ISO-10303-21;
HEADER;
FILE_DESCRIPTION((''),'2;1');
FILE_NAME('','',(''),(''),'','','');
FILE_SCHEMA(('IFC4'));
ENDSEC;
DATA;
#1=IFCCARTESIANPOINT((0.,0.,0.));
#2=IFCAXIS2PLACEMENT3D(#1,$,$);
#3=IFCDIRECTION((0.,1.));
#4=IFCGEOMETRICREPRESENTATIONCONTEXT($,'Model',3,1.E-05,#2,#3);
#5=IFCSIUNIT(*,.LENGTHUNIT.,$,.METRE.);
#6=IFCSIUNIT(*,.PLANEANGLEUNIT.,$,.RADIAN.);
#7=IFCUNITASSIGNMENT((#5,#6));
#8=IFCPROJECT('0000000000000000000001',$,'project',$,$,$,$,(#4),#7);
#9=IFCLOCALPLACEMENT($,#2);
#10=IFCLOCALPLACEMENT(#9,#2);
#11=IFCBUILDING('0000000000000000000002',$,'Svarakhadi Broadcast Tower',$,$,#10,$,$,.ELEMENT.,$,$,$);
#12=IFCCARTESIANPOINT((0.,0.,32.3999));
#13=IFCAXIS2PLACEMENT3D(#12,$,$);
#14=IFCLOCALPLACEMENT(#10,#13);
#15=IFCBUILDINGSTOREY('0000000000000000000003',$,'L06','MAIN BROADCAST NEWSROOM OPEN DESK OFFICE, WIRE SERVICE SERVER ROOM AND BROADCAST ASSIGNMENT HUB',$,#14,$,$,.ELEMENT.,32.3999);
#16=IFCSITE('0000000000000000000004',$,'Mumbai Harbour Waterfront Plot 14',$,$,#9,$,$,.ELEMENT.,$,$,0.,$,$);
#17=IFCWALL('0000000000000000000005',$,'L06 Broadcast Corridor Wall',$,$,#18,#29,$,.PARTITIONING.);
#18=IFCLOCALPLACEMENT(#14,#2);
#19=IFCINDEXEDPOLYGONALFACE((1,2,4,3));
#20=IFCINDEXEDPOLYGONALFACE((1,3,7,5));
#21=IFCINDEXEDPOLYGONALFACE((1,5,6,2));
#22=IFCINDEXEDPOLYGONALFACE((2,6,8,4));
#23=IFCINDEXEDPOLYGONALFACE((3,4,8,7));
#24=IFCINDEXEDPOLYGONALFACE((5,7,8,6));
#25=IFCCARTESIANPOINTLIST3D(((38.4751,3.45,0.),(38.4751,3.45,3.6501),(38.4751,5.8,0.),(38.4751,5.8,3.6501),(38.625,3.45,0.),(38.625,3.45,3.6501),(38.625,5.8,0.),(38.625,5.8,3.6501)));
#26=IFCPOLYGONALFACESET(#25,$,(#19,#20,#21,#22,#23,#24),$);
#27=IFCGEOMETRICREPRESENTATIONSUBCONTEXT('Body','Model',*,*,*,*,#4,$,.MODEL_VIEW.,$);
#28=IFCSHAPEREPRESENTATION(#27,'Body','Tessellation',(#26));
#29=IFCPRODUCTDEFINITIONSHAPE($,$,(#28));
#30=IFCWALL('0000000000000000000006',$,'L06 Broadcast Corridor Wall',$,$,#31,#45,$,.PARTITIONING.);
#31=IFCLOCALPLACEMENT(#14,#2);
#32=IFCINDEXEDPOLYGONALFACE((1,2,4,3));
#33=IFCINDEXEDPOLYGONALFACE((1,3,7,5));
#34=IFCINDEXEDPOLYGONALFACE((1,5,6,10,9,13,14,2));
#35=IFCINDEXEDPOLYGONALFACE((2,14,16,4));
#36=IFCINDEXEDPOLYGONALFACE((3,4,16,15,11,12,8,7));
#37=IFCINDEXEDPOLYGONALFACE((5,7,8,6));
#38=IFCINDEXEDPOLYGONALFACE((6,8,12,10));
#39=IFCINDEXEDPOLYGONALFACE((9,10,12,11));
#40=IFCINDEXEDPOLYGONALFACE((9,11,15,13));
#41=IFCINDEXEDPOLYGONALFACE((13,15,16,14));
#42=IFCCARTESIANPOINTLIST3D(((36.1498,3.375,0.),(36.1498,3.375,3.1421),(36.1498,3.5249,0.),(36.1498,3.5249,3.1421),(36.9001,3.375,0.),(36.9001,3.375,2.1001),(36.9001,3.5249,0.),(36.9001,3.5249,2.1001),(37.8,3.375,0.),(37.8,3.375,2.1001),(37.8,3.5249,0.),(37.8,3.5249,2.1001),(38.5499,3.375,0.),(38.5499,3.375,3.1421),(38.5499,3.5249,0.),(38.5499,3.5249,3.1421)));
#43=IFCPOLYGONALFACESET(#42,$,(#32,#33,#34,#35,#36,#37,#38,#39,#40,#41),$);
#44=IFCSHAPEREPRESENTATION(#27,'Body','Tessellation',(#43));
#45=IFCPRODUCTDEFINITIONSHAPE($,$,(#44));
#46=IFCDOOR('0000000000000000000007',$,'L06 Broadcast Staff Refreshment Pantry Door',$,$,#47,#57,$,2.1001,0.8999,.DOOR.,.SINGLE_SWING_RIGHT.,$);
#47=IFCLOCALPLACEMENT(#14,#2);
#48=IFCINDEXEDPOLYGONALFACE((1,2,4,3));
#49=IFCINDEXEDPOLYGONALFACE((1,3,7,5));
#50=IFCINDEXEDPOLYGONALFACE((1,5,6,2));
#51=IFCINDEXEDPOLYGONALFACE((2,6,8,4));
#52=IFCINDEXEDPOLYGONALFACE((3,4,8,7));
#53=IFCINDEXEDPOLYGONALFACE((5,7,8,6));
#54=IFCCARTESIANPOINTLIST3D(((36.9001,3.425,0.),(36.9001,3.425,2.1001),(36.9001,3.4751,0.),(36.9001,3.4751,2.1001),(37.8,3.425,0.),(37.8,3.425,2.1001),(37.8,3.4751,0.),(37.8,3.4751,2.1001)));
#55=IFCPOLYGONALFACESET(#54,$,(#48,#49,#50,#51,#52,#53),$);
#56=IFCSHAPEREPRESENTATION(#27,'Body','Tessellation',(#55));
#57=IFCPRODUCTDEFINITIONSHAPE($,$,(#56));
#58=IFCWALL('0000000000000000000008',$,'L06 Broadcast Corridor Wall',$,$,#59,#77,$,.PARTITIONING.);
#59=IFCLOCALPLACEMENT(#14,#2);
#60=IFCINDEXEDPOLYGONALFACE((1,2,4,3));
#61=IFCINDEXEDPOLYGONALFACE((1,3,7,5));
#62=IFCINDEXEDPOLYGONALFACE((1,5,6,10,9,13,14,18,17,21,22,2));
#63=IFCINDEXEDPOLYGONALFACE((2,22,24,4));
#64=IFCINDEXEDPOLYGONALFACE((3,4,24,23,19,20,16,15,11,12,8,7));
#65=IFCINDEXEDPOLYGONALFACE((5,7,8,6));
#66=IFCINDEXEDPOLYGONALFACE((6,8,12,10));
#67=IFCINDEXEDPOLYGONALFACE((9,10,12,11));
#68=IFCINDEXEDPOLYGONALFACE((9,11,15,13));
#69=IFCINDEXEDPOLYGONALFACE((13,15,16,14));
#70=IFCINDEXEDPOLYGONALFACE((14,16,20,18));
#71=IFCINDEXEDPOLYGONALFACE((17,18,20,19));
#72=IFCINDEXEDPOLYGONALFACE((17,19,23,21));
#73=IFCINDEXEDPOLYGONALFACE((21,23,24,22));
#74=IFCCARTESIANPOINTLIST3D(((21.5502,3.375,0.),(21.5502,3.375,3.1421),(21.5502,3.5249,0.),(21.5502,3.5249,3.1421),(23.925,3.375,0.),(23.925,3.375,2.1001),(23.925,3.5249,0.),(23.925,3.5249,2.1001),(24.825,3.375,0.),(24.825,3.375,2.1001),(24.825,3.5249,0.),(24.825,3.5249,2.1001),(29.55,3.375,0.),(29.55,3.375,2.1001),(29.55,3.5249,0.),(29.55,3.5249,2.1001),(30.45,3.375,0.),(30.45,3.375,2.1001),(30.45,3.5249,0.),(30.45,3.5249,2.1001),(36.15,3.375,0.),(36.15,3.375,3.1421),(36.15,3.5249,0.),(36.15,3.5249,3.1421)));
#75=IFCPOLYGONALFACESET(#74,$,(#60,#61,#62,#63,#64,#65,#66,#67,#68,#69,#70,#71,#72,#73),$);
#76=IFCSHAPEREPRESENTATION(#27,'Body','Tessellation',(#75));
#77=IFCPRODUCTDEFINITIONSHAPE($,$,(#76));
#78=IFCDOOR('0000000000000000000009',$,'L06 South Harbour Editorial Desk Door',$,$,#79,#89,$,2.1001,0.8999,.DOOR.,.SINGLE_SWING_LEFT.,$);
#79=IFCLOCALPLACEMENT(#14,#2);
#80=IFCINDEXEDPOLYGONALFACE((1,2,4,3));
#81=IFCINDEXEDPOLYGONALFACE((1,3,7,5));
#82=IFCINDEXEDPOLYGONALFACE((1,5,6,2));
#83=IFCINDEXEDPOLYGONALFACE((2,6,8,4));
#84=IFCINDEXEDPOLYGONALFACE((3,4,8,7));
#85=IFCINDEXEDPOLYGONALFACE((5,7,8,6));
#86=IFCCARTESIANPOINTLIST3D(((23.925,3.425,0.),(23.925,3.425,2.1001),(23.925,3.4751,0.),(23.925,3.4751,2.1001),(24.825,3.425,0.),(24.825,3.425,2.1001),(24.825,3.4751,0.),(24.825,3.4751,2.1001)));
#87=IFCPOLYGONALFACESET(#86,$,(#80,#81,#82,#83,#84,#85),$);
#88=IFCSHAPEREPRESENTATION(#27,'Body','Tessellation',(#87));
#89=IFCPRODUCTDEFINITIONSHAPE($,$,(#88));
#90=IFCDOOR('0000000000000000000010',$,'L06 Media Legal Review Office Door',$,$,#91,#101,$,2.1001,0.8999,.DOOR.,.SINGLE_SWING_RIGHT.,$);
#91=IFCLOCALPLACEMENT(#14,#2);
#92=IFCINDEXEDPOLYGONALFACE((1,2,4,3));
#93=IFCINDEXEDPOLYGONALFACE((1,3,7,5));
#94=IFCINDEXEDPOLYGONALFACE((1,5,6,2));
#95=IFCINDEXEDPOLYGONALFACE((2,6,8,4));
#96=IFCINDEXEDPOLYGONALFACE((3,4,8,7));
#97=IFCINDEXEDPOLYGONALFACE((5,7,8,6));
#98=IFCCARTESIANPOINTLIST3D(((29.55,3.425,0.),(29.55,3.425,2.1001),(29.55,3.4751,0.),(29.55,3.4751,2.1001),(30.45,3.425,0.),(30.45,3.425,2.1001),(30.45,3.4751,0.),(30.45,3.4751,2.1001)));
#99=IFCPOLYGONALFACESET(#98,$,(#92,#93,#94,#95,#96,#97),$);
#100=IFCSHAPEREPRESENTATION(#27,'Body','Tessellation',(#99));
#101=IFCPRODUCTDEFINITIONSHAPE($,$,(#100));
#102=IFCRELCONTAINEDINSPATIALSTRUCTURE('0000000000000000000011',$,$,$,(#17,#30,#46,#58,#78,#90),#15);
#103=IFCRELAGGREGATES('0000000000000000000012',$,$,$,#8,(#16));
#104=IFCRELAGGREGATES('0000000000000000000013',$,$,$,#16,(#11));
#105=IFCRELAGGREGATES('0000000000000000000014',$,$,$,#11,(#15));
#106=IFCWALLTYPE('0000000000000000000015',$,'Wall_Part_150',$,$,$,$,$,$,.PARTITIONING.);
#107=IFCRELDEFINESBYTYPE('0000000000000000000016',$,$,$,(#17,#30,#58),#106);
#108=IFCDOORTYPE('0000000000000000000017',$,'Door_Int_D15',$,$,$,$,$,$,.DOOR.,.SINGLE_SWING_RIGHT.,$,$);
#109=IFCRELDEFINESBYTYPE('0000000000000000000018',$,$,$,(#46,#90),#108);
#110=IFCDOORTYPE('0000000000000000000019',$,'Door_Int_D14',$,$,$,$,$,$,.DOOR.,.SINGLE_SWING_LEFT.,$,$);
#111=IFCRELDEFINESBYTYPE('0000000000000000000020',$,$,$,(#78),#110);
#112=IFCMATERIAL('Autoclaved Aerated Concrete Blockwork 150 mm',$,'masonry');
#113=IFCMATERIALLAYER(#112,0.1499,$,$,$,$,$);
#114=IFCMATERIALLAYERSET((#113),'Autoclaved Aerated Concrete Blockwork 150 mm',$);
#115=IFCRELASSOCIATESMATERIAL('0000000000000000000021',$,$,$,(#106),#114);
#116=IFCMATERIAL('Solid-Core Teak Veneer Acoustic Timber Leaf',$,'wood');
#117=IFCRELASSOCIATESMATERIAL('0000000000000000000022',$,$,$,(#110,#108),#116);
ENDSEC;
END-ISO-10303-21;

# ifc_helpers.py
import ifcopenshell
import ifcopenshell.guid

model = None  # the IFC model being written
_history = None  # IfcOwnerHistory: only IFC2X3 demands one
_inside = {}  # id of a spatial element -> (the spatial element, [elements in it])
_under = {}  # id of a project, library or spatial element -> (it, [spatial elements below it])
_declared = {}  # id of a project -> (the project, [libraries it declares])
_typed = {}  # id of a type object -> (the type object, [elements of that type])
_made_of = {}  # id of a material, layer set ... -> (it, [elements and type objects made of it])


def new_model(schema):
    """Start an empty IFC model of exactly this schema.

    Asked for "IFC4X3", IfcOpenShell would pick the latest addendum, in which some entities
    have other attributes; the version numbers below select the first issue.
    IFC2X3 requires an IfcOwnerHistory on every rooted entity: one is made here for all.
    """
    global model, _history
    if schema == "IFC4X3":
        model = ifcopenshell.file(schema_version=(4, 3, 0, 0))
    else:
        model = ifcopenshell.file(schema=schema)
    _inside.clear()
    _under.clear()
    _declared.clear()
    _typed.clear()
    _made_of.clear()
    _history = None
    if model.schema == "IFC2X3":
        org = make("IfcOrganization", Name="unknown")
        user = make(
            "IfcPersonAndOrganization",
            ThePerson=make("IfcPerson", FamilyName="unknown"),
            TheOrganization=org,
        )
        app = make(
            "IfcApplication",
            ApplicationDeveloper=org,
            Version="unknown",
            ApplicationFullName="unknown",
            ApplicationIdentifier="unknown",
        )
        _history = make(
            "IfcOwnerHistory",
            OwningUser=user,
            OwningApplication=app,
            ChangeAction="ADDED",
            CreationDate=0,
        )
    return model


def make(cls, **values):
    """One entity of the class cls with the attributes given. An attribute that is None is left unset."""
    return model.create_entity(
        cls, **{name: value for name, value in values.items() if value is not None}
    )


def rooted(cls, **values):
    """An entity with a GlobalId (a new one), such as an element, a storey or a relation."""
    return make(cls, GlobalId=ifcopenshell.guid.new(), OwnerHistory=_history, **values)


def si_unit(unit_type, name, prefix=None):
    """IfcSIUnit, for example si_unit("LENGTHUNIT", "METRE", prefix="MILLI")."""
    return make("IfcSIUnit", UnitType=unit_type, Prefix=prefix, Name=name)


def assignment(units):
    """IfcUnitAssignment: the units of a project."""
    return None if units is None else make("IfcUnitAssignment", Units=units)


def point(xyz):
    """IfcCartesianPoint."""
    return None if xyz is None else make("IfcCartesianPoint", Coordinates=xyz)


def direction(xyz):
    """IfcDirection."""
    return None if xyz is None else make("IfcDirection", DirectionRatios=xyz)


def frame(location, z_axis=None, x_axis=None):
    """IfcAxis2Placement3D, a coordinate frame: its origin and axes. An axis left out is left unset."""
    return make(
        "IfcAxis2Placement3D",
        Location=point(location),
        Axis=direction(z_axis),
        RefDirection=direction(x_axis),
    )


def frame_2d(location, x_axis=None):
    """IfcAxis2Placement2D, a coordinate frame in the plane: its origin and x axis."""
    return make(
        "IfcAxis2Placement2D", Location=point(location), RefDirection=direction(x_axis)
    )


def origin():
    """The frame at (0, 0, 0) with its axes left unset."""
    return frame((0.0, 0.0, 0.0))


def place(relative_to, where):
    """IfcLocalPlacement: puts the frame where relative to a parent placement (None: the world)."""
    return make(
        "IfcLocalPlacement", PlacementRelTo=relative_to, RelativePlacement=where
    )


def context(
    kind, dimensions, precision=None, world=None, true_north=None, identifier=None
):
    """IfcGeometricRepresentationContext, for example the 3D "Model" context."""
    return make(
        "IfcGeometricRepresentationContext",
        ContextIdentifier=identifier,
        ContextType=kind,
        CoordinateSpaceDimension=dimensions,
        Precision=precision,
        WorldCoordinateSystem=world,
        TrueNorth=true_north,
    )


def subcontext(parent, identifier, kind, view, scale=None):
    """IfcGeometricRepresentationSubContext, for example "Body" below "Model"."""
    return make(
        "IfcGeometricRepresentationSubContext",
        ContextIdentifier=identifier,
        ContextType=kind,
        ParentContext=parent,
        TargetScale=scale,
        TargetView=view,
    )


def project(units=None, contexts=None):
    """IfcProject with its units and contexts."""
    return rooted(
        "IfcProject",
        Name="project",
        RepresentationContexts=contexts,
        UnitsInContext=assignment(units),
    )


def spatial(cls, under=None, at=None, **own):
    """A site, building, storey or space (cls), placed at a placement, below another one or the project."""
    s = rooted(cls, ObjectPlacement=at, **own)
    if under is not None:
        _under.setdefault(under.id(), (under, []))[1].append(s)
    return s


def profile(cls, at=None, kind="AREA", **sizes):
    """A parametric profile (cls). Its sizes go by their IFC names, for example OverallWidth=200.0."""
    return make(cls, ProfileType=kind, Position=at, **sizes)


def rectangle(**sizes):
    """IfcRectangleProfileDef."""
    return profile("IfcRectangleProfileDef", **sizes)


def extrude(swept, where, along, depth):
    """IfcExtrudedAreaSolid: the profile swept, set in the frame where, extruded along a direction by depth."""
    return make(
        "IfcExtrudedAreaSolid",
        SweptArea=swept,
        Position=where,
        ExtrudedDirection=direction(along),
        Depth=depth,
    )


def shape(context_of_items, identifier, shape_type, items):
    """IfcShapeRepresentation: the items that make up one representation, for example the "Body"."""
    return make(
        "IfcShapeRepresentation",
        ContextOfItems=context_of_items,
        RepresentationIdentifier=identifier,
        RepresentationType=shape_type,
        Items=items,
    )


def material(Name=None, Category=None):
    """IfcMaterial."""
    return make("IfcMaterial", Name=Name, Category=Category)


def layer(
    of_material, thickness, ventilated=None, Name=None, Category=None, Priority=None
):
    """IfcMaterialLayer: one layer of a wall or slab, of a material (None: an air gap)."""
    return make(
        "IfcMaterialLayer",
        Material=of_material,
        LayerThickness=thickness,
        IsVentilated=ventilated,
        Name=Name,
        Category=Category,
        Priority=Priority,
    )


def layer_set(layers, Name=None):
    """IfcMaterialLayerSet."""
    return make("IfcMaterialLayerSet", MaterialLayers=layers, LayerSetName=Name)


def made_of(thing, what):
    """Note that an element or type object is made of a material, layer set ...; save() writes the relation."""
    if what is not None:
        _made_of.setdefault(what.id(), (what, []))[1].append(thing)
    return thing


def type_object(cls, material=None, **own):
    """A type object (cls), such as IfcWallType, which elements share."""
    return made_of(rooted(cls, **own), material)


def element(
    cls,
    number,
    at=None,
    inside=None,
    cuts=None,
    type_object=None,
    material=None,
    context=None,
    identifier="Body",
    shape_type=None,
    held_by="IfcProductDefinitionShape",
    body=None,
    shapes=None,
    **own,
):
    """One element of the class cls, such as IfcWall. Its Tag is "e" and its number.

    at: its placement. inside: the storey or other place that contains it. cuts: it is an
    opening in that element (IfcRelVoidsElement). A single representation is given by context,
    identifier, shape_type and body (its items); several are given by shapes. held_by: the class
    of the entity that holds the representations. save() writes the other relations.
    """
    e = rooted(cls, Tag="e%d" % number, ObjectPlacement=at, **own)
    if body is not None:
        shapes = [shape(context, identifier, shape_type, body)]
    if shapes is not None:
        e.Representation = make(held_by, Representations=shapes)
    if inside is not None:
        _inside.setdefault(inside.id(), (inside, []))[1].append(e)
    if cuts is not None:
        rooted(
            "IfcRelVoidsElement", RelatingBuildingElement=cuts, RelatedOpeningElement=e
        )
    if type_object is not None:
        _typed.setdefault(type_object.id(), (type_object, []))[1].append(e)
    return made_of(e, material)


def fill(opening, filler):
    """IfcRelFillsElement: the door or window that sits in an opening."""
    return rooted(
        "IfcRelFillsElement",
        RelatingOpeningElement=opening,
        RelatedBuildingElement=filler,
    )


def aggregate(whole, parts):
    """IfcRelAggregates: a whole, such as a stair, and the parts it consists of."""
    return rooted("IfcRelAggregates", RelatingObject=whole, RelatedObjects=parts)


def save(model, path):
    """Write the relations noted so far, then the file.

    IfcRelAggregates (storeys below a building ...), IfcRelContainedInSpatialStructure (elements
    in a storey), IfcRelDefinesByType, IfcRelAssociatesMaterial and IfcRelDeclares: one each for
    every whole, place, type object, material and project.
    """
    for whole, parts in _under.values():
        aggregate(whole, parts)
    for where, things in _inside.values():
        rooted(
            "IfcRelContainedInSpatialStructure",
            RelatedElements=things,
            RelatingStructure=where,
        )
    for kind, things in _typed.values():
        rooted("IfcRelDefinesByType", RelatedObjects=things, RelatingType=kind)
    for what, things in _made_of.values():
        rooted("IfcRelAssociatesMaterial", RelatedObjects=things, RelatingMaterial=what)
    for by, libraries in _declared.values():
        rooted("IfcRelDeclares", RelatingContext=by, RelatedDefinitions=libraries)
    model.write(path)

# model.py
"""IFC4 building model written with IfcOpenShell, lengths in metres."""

from ifc_helpers import new_model, si_unit, direction, frame, frame_2d, origin, place, context, subcontext, project, spatial, rectangle, extrude, material, layer, layer_set, type_object, element, fill, save


model = new_model("IFC4")

# Units and contexts
model_context = context("Model", 3, precision=1e-05, world=origin(), true_north=direction((0.0, 1.0)))
body_context = subcontext(model_context, "Body", "Model", "MODEL_VIEW")
ifc_project = project(units=[si_unit("LENGTHUNIT", "METRE"), si_unit("PLANEANGLEUNIT", "RADIAN")], contexts=[model_context])

# Site, building, storey
site_placement = place(None, origin())
site = spatial("IfcSite", under=ifc_project, at=site_placement, Name="Mumbai Harbour Waterfront Plot 14", CompositionType="ELEMENT", RefElevation=0.0)
building_placement = place(site_placement, origin())
building = spatial("IfcBuilding", under=site, at=building_placement, Name="Svarakhadi Broadcast Tower", CompositionType="ELEMENT")
storey_placement = place(building_placement, frame((0.0, 0.0, 32.3999)))
storey = spatial("IfcBuildingStorey", under=building, at=storey_placement, Name="L06", Description="MAIN BROADCAST NEWSROOM OPEN DESK OFFICE, WIRE SERVICE SERVER ROOM AND BROADCAST ASSIGNMENT HUB", CompositionType="ELEMENT", Elevation=32.3999)

# Shared definitions
ifc_material_1 = material(Name="Autoclaved Aerated Concrete Blockwork 150 mm", Category="masonry")
ifc_layer_1 = layer(ifc_material_1, 0.1499)
ifc_layer_set_1 = layer_set([ifc_layer_1], Name="Autoclaved Aerated Concrete Blockwork 150 mm")
wall_type_1 = type_object("IfcWallType", Name="Wall_Part_150", PredefinedType="PARTITIONING", material=ifc_layer_set_1)
ifc_material_2 = material(Name="Solid-Core Teak Veneer Acoustic Timber Leaf", Category="wood")
door_type_1 = type_object("IfcDoorType", Name="Door_Int_D14", OperationType="SINGLE_SWING_LEFT", PredefinedType="DOOR", material=ifc_material_2)

# Wall
wall_1_placement = place(storey_placement, frame((38.55, 5.8, 0.0), z_axis=(0.0, 0.0, 1.0), x_axis=(0.0, -1.0, 0.0)))
element("IfcWall", 1, at=wall_1_placement, inside=storey, type_object=wall_type_1, Name="L06 Broadcast Corridor Wall", PredefinedType="PARTITIONING", context=body_context, shape_type="SweptSolid", body=[
    extrude(rectangle(XDim=2.3501, YDim=0.1499, at=frame_2d((1.175, 0.0))), origin(), (0.0, 0.0, 1.0), 3.6501),
])

# Wall, opening, door
wall_2_placement = place(storey_placement, frame((38.55, 3.45, 0.0), z_axis=(0.0, 0.0, 1.0), x_axis=(-1.0, 0.0, 0.0)))
wall_2 = element("IfcWall", 2, at=wall_2_placement, inside=storey, type_object=wall_type_1, Name="L06 Broadcast Corridor Wall", PredefinedType="PARTITIONING", context=body_context, shape_type="SweptSolid", body=[
    extrude(rectangle(XDim=2.4001, YDim=0.1499, at=frame_2d((1.2002, 0.0))), origin(), (0.0, 0.0, 1.0), 3.1421),
])
opening_1_placement = place(wall_2_placement, frame((0.75, 0.0, 0.0)))
opening_1 = element("IfcOpeningElement", 3, at=opening_1_placement, cuts=wall_2, PredefinedType="OPENING", context=body_context, shape_type="SweptSolid", body=[
    extrude(rectangle(XDim=0.8999, YDim=2.1001, at=frame_2d((0.45, 1.05))), frame((0.0, 0.085, 0.0), z_axis=(0.0, -1.0, 0.0), x_axis=(1.0, 0.0, 0.0)), (0.0, 0.0, 1.0), 0.1699),
])
door_type_2 = type_object("IfcDoorType", Name="Door_Int_D15", OperationType="SINGLE_SWING_RIGHT", PredefinedType="DOOR", material=ifc_material_2)
door_1_placement = place(opening_1_placement, origin())
door_1 = element("IfcDoor", 4, at=door_1_placement, inside=storey, type_object=door_type_2, Name="L06 Broadcast Staff Refreshment Pantry Door", OperationType="SINGLE_SWING_RIGHT", OverallHeight=2.1001, OverallWidth=0.8999, PredefinedType="DOOR", context=body_context, shape_type="SweptSolid", body=[
    extrude(rectangle(XDim=0.8999, YDim=2.1001, at=frame_2d((0.45, 1.05))), frame((0.0, 0.0249, 0.0), z_axis=(0.0, -1.0, 0.0), x_axis=(1.0, 0.0, 0.0)), (0.0, 0.0, 1.0), 0.05),
])
fill(opening_1, door_1)

# Wall, openings, doors
wall_3_placement = place(storey_placement, frame((36.1499, 3.45, 0.0), z_axis=(0.0, 0.0, 1.0), x_axis=(-1.0, 0.0, 0.0)))
wall_3 = element("IfcWall", 5, at=wall_3_placement, inside=storey, type_object=wall_type_1, Name="L06 Broadcast Corridor Wall", PredefinedType="PARTITIONING", context=body_context, shape_type="SweptSolid", body=[
    extrude(rectangle(XDim=14.5999, YDim=0.1499, at=frame_2d((7.2998, 0.0))), origin(), (0.0, 0.0, 1.0), 3.1421),
])
opening_2_placement = place(wall_3_placement, frame((11.325, 0.0, 0.0)))
opening_2 = element("IfcOpeningElement", 6, at=opening_2_placement, cuts=wall_3, PredefinedType="OPENING", context=body_context, shape_type="SweptSolid", body=[
    extrude(rectangle(XDim=0.8999, YDim=2.1001, at=frame_2d((0.45, 1.05))), frame((0.0, 0.085, 0.0), z_axis=(0.0, -1.0, 0.0), x_axis=(1.0, 0.0, 0.0)), (0.0, 0.0, 1.0), 0.1699),
])
opening_3_placement = place(wall_3_placement, frame((5.7, 0.0, 0.0)))
opening_3 = element("IfcOpeningElement", 7, at=opening_3_placement, cuts=wall_3, PredefinedType="OPENING", context=body_context, shape_type="SweptSolid", body=[
    extrude(rectangle(XDim=0.8999, YDim=2.1001, at=frame_2d((0.45, 1.05))), frame((0.0, 0.085, 0.0), z_axis=(0.0, -1.0, 0.0), x_axis=(1.0, 0.0, 0.0)), (0.0, 0.0, 1.0), 0.1699),
])
door_2_placement = place(opening_2_placement, origin())
door_2 = element("IfcDoor", 8, at=door_2_placement, inside=storey, type_object=door_type_1, Name="L06 South Harbour Editorial Desk Door", OperationType="SINGLE_SWING_LEFT", OverallHeight=2.1001, OverallWidth=0.8999, PredefinedType="DOOR", context=body_context, shape_type="SweptSolid", body=[
    extrude(rectangle(XDim=0.8999, YDim=2.1001, at=frame_2d((0.45, 1.05))), frame((0.0, 0.0249, 0.0), z_axis=(0.0, -1.0, 0.0), x_axis=(1.0, 0.0, 0.0)), (0.0, 0.0, 1.0), 0.05),
])
fill(opening_2, door_2)
door_3_placement = place(opening_3_placement, origin())
door_3 = element("IfcDoor", 9, at=door_3_placement, inside=storey, type_object=door_type_2, Name="L06 Media Legal Review Office Door", OperationType="SINGLE_SWING_RIGHT", OverallHeight=2.1001, OverallWidth=0.8999, PredefinedType="DOOR", context=body_context, shape_type="SweptSolid", body=[
    extrude(rectangle(XDim=0.8999, YDim=2.1001, at=frame_2d((0.45, 1.05))), frame((0.0, 0.0249, 0.0), z_axis=(0.0, -1.0, 0.0), x_axis=(1.0, 0.0, 0.0)), (0.0, 0.0, 1.0), 0.05),
])
fill(opening_3, door_3)

save(model, "model.ifc")
